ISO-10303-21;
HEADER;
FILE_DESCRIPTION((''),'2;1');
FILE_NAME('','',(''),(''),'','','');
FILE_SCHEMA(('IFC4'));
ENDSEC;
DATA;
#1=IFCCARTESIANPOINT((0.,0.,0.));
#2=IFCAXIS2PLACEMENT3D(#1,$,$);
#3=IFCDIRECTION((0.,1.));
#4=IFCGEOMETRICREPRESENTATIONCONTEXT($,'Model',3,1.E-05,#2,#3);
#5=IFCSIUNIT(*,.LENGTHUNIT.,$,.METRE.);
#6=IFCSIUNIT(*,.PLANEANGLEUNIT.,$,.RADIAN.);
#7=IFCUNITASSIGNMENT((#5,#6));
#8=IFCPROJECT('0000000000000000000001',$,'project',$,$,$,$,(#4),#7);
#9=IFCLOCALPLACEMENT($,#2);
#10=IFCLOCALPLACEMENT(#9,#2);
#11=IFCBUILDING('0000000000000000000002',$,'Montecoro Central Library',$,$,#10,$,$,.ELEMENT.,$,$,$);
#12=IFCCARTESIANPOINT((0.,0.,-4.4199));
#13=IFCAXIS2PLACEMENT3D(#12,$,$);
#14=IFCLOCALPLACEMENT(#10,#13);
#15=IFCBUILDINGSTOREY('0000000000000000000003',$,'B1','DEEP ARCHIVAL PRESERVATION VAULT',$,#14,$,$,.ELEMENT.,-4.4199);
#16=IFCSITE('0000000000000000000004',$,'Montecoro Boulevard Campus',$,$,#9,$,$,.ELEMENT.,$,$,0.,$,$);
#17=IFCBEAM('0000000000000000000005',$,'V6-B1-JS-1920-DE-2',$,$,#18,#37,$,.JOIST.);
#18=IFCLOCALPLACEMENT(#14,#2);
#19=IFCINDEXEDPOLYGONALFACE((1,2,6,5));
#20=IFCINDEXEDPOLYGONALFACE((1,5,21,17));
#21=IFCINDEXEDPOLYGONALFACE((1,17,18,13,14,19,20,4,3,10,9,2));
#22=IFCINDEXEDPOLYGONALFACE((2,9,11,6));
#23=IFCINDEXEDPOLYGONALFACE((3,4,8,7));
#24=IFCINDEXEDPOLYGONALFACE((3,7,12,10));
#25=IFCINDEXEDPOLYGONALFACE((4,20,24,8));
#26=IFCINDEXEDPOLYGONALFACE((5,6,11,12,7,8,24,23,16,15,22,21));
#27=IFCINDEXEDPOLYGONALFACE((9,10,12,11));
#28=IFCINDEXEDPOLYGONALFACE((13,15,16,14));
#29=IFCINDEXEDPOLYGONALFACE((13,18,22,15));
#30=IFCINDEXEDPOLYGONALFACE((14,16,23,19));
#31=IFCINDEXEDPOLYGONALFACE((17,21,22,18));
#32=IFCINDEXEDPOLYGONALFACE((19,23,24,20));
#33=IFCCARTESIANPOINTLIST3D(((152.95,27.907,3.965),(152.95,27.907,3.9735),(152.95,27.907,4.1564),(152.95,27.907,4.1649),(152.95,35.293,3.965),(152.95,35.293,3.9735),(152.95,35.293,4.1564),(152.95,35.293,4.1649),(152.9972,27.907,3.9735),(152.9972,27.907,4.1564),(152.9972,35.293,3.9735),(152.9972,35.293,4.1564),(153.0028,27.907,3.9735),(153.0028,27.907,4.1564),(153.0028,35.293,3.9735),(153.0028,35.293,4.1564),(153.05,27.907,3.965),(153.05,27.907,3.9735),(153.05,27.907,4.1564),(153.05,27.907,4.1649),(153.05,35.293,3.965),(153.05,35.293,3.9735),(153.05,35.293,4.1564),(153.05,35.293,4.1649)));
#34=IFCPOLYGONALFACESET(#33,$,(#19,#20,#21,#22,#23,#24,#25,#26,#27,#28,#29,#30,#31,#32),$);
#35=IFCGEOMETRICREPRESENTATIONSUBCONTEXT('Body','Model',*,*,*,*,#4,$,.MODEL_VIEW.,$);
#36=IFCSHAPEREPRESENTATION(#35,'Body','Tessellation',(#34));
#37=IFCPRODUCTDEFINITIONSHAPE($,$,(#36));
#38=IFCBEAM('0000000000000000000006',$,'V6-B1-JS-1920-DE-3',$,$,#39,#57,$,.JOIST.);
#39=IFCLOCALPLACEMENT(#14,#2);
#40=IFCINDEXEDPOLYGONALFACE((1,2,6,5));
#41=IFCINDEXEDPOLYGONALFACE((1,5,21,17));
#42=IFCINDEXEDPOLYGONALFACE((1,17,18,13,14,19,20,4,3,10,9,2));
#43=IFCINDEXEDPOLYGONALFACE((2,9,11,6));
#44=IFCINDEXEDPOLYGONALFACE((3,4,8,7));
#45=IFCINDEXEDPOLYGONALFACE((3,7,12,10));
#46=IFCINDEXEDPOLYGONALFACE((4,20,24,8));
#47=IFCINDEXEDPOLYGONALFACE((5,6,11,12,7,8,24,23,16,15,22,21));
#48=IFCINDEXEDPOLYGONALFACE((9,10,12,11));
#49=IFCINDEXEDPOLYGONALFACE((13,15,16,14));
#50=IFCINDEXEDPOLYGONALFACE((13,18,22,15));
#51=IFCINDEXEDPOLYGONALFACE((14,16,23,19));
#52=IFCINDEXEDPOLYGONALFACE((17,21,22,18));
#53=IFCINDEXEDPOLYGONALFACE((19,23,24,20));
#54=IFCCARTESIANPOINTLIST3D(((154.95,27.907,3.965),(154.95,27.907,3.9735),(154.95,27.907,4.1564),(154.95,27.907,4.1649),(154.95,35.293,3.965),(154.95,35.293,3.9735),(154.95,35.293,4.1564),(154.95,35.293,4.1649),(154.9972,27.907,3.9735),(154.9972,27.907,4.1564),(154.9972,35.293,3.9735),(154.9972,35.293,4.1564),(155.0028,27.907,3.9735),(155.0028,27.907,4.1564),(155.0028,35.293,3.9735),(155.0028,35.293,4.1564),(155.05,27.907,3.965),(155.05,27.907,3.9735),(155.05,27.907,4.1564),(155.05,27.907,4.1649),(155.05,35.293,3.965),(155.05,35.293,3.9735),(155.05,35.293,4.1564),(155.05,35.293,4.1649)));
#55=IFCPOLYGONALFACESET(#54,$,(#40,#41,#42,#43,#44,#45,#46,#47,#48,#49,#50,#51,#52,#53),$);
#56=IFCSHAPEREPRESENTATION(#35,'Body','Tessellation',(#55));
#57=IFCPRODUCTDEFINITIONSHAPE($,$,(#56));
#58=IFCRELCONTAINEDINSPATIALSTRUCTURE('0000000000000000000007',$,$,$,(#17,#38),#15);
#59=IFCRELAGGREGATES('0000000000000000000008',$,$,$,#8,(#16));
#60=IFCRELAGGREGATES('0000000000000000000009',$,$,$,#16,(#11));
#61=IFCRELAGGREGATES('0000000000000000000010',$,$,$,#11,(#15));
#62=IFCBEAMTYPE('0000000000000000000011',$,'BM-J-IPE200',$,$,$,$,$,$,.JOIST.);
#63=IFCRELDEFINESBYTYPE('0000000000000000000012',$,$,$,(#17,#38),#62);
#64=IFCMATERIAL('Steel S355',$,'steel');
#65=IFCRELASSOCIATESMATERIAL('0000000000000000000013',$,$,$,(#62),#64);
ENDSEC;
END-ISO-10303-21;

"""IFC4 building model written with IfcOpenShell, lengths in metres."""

from ifc_helpers import new_model, si_unit, direction, frame, origin, origin_2d, place, context, subcontext, project, spatial, i_section, extrude, material, material_profile, profile_set, type_object, element, save


model = new_model("IFC4")

# Units and contexts
model_context = context("Model", 3, precision=1e-05, world=origin(), true_north=direction((0.0, 1.0)))
body_context = subcontext(model_context, "Body", "Model", "MODEL_VIEW")
ifc_project = project(units=[si_unit("LENGTHUNIT", "METRE"), si_unit("PLANEANGLEUNIT", "RADIAN")], contexts=[model_context])

# Site, building, storey
site_placement = place(None, origin())
site = spatial("IfcSite", under=ifc_project, at=site_placement, Name="Montecoro Boulevard Campus", CompositionType="ELEMENT", RefElevation=0.0)
building_placement = place(site_placement, origin())
building = spatial("IfcBuilding", under=site, at=building_placement, Name="Montecoro Central Library", CompositionType="ELEMENT")
storey_placement = place(building_placement, frame((0.0, 0.0, -4.4199)))
storey = spatial("IfcBuildingStorey", under=building, at=storey_placement, Name="B1", Description="DEEP ARCHIVAL PRESERVATION VAULT", CompositionType="ELEMENT", Elevation=-4.4199)

# Beams
ifc_material_1 = material(Name="Steel S355", Category="steel")
ifc_material_profile_1 = material_profile(ifc_material_1, i_section(OverallWidth=0.1001, OverallDepth=0.2, WebThickness=0.0056, FlangeThickness=0.0085, at=origin_2d()), Name="IPE 200")
ifc_profile_set_1 = profile_set([ifc_material_profile_1], Name="Steel S355")
beam_type_1 = type_object("IfcBeamType", Name="BM-J-IPE200", PredefinedType="JOIST", material=ifc_profile_set_1)
for number, where, z_axis, x_axis, name in (
    (1, (153.0, 27.907, 4.0649), (0.0, 1.0, 0.0), (-1.0, 0.0, 0.0), "V6-B1-JS-1920-DE-2"),
    (2, (155.0, 27.907, 4.0649), (0.0, 1.0, 0.0), (-1.0, 0.0, 0.0), "V6-B1-JS-1920-DE-3"),
):
    element("IfcBeam", number, at=place(storey_placement, frame(where, z_axis=z_axis, x_axis=x_axis)), inside=storey, type_object=beam_type_1, Name=name, PredefinedType="JOIST", context=body_context, shape_type="SweptSolid", body=[
        extrude(i_section(OverallWidth=0.1001, OverallDepth=0.2, WebThickness=0.0056, FlangeThickness=0.0085, at=origin_2d()), origin(), (0.0, 0.0, 1.0), 7.386),
    ])

save(model, "model.ifc")
